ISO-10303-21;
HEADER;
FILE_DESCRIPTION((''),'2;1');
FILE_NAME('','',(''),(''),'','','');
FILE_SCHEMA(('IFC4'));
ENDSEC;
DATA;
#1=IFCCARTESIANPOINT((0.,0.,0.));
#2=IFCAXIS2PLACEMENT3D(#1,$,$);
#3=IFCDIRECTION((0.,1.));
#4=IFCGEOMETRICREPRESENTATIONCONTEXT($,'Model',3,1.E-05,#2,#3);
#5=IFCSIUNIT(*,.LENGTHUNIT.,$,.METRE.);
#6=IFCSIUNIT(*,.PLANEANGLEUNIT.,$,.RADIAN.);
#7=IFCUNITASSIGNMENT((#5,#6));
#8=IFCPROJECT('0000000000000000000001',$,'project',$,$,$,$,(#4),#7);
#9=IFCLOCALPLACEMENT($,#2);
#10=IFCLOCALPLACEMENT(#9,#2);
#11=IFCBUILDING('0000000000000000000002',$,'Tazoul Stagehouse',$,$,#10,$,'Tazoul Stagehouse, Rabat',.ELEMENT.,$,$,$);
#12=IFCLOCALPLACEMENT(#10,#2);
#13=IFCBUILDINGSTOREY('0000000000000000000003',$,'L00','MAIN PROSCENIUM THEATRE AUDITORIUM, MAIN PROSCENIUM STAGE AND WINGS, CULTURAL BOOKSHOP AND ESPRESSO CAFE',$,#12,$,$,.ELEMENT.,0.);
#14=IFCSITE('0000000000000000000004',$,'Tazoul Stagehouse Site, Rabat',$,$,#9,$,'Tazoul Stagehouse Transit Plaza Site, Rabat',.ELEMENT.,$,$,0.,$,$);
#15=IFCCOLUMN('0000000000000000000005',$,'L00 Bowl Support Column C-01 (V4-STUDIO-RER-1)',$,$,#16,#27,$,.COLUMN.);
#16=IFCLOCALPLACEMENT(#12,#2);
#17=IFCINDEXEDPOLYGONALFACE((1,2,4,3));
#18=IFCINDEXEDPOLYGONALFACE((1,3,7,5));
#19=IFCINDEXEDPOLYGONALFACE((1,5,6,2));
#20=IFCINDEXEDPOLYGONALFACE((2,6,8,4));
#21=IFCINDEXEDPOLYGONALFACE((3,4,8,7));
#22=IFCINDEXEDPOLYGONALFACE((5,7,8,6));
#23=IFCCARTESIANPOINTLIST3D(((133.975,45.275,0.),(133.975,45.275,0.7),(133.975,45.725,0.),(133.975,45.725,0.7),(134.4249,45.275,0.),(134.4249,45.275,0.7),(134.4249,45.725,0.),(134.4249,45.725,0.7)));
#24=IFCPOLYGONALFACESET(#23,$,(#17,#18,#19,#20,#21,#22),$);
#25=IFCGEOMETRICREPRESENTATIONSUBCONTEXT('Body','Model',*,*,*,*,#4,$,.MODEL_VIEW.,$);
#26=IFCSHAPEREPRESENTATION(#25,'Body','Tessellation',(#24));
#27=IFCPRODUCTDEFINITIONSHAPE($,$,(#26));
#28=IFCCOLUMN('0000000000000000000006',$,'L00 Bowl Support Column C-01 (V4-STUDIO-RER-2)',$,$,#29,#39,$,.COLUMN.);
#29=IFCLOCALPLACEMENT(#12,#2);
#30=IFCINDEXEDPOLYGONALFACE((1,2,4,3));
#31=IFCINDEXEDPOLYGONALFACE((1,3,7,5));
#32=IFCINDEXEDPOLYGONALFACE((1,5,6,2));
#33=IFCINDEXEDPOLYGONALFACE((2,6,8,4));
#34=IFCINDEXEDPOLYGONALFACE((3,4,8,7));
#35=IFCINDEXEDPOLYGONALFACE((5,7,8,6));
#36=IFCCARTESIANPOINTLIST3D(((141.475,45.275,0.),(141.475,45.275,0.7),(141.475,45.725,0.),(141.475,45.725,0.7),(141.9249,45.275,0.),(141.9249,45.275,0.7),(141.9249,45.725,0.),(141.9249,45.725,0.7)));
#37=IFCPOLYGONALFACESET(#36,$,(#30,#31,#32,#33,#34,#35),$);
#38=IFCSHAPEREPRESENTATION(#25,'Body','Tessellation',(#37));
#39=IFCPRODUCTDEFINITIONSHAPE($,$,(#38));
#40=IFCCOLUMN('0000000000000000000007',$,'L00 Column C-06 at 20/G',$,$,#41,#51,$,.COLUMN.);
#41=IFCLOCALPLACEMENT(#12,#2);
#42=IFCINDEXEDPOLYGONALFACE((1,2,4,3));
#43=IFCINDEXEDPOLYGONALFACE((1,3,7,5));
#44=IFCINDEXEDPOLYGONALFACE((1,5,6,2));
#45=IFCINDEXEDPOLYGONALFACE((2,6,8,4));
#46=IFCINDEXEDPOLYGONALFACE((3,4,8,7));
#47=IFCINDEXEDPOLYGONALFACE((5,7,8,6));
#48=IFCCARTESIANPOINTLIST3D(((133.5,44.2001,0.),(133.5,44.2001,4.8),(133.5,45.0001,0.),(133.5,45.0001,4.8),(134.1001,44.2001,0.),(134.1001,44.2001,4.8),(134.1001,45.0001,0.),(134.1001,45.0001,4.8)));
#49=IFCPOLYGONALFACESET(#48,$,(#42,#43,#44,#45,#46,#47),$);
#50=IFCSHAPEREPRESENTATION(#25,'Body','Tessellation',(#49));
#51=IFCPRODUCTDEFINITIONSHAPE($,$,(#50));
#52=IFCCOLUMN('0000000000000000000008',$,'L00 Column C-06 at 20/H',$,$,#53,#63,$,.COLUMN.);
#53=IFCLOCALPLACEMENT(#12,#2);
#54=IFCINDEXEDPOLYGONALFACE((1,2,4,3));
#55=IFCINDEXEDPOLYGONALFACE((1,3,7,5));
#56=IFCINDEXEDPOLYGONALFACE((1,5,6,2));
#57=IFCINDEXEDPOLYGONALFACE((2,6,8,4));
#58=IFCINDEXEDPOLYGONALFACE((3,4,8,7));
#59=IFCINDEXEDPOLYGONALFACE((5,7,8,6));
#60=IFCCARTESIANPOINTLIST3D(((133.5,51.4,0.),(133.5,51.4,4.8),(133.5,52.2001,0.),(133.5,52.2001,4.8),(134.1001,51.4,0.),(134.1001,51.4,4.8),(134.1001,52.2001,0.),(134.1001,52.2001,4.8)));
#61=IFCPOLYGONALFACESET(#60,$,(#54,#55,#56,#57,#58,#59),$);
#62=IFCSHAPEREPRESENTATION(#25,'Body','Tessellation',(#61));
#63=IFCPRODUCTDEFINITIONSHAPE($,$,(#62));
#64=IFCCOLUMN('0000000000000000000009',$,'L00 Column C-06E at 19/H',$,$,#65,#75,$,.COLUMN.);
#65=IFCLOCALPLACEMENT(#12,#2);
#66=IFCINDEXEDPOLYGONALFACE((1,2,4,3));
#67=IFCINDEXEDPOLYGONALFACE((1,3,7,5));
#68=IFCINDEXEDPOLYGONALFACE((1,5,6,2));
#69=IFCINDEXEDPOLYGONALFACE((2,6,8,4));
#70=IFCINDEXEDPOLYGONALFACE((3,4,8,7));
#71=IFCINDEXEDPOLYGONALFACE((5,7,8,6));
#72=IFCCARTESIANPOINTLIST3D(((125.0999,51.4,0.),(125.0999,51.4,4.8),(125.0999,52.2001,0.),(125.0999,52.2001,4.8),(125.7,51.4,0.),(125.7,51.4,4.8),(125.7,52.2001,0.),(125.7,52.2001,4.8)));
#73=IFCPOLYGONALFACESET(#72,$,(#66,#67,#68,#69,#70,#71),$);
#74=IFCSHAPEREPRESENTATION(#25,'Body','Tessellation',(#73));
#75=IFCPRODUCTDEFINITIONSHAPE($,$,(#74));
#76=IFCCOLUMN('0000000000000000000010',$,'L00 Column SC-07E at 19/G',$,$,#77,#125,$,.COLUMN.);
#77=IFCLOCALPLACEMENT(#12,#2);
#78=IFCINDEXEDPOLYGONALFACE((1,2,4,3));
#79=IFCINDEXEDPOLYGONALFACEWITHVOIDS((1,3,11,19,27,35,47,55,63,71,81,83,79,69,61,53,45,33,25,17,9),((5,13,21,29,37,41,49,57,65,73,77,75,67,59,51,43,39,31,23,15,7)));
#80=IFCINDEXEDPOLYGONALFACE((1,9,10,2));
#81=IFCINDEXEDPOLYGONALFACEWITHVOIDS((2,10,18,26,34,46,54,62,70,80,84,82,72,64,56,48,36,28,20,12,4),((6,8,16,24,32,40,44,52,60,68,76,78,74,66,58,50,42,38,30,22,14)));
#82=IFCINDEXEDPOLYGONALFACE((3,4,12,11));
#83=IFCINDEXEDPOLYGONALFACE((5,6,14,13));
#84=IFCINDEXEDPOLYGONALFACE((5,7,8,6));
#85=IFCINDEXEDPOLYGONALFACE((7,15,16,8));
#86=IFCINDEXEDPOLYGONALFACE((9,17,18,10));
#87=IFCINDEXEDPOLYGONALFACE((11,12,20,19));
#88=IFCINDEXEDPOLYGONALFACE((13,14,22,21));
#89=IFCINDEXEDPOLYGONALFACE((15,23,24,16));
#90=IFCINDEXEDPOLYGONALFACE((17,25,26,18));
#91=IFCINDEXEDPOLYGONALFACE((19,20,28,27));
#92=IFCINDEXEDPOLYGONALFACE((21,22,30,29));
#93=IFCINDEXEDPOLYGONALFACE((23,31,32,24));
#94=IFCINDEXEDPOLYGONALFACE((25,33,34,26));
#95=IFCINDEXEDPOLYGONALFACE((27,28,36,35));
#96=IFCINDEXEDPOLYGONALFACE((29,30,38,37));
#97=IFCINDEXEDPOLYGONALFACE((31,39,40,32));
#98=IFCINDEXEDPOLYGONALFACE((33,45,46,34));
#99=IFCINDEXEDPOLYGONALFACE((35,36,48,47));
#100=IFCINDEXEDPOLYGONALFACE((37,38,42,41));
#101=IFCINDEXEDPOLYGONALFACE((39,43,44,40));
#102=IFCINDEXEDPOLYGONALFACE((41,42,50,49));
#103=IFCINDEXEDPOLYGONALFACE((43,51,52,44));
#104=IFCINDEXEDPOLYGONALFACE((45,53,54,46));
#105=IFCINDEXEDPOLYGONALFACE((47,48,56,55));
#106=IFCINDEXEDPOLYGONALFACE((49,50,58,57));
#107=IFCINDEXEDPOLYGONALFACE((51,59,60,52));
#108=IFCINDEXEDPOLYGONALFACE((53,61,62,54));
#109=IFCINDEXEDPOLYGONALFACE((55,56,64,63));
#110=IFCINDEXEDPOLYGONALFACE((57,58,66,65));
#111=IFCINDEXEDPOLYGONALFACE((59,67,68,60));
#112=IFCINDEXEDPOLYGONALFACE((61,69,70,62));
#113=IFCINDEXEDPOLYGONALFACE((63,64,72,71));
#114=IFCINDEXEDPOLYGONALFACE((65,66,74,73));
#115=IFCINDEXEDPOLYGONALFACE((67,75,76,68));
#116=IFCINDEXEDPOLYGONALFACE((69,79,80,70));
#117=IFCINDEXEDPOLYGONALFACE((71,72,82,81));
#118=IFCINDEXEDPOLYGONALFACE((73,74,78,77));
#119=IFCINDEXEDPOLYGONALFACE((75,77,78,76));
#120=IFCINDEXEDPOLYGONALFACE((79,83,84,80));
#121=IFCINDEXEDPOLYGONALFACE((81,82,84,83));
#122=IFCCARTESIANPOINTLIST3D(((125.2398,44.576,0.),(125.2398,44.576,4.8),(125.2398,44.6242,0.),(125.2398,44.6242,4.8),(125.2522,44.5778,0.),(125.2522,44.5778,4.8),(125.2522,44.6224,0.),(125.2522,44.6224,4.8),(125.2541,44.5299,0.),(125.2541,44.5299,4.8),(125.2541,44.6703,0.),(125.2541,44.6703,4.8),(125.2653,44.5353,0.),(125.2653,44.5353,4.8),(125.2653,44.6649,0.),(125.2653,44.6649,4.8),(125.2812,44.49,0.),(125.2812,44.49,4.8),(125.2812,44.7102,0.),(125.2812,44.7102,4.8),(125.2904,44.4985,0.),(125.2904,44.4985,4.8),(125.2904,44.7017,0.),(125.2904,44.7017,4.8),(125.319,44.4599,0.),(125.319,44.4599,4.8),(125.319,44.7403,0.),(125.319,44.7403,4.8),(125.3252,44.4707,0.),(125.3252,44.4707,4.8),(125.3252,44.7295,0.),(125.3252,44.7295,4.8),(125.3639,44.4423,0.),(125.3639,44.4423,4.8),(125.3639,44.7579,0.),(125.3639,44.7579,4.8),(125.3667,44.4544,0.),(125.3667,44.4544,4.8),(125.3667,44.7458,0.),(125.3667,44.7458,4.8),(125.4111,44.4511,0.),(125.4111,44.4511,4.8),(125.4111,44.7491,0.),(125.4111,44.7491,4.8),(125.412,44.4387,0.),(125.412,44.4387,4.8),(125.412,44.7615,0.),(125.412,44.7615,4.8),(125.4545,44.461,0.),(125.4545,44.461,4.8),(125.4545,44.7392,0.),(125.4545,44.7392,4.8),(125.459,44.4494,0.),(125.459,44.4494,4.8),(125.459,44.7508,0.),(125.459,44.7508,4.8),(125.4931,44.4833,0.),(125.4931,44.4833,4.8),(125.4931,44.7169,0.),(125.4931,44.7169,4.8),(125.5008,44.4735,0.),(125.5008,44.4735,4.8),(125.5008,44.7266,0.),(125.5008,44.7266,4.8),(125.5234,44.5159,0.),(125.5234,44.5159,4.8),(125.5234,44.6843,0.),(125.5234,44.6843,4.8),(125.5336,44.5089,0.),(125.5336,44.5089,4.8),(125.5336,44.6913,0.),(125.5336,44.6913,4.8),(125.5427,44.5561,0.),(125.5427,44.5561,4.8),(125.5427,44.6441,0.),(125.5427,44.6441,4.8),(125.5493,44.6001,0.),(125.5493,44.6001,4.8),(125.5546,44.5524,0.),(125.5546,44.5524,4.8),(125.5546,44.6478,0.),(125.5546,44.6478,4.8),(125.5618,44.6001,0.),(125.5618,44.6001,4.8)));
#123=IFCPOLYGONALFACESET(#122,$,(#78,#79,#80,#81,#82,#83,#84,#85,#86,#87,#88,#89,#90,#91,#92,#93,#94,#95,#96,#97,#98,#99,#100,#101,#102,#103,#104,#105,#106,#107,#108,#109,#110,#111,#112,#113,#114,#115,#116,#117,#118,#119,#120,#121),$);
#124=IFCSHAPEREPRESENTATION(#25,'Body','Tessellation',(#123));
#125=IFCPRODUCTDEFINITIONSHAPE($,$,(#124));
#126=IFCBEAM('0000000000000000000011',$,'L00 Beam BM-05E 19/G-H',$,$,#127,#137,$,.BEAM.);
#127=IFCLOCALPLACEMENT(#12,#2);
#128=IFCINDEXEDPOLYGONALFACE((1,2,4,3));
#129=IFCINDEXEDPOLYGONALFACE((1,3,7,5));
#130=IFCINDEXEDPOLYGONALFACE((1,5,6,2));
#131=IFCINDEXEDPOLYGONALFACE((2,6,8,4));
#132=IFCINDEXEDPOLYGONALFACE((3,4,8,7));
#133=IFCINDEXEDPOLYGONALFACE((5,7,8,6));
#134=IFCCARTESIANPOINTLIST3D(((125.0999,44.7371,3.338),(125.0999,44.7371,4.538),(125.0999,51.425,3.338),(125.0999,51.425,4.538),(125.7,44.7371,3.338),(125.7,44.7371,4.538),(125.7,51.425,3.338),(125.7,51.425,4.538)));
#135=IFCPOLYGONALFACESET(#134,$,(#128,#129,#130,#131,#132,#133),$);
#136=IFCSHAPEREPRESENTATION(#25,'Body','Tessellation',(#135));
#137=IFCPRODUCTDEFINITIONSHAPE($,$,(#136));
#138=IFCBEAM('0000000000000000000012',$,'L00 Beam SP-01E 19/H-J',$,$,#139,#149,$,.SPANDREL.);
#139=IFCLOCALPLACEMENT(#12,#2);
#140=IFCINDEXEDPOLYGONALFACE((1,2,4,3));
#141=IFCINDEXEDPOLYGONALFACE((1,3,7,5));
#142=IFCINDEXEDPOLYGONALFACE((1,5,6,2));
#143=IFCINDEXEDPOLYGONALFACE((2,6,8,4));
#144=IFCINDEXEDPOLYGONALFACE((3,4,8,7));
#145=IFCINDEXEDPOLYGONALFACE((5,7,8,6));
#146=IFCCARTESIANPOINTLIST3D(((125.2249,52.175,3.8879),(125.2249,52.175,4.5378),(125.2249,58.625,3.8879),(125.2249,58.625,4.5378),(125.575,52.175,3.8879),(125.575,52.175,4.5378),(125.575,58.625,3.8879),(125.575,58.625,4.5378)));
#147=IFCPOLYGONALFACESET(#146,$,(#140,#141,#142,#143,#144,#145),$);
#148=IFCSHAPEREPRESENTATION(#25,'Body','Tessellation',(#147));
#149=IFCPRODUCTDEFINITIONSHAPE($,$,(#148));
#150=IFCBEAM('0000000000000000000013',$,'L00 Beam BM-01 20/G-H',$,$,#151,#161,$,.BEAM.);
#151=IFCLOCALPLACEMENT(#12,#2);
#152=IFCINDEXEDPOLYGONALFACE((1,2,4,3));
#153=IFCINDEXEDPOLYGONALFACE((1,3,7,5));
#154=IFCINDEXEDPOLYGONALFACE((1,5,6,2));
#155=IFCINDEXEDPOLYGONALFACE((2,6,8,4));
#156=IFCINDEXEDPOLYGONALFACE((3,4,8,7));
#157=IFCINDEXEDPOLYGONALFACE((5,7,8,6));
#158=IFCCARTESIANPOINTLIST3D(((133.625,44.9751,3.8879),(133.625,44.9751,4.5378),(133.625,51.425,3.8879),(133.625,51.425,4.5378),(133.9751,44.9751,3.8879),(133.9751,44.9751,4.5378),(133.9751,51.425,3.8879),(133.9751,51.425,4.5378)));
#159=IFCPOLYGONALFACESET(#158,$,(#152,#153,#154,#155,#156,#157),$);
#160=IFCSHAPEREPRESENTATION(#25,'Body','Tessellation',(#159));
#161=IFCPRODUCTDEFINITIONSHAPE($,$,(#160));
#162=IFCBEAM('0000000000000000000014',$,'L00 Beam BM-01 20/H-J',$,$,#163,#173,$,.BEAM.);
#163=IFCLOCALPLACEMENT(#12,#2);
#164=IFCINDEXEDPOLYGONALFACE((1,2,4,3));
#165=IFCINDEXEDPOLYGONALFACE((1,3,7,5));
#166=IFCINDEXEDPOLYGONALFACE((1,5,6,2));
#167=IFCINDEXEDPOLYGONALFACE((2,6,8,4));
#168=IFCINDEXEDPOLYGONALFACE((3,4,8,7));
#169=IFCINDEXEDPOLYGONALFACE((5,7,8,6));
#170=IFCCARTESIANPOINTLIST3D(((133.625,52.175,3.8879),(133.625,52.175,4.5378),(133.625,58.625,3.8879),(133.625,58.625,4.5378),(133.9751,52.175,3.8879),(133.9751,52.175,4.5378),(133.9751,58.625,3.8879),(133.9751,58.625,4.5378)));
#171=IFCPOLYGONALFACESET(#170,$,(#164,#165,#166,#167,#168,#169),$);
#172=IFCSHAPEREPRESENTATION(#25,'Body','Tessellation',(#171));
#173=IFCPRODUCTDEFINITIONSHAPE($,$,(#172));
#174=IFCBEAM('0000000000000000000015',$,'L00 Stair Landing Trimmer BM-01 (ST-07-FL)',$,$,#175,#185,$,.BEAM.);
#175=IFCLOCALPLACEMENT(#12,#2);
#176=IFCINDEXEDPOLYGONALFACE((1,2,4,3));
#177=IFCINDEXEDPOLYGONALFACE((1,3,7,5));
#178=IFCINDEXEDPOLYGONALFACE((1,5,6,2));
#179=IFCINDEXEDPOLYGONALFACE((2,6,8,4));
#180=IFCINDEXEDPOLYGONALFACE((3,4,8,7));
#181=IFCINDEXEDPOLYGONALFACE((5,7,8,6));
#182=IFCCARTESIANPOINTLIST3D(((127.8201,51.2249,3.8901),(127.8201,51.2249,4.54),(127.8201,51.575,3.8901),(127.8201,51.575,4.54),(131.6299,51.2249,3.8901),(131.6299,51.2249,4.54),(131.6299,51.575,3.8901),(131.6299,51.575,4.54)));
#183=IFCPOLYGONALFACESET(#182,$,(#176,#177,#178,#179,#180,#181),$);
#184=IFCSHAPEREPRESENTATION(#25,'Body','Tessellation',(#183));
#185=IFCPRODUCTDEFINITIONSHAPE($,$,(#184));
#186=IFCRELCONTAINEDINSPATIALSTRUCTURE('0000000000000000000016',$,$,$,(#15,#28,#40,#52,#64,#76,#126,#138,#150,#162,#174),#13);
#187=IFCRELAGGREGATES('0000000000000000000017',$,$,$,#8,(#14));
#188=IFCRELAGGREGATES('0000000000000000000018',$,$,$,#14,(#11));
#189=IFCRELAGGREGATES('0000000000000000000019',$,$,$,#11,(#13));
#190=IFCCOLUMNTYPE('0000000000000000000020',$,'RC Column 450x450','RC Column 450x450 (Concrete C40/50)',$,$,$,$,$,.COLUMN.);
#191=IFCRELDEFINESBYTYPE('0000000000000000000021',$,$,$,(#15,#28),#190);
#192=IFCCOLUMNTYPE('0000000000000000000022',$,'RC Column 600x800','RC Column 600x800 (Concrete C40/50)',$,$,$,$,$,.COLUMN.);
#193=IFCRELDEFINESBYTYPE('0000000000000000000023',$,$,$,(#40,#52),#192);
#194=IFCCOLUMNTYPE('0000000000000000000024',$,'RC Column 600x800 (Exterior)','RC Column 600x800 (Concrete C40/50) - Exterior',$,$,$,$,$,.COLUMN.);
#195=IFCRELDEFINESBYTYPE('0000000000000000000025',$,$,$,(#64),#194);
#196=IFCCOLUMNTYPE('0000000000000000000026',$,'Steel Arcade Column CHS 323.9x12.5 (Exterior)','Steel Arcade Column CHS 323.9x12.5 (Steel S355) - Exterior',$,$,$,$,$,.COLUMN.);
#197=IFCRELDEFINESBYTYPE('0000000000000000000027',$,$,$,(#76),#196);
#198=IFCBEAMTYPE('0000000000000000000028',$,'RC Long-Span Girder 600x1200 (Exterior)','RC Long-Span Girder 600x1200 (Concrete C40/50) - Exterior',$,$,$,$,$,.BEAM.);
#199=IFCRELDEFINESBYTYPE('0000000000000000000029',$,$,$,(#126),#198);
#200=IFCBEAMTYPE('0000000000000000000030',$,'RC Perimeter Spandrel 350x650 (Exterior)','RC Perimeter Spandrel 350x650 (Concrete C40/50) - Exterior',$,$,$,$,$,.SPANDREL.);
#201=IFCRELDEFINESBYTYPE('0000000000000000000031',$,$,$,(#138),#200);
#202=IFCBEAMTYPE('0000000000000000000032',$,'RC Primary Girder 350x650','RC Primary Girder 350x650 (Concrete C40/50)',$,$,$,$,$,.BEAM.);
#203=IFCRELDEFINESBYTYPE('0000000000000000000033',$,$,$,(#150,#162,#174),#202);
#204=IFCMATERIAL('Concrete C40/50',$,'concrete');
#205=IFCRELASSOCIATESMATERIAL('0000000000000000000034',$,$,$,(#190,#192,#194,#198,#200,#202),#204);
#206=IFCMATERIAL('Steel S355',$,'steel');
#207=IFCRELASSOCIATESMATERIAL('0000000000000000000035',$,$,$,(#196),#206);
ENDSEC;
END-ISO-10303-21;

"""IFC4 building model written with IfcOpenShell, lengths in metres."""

from ifc_helpers import new_model, si_unit, direction, frame, origin, origin_2d, place, context, subcontext, project, spatial, rectangle, hollow_circle, extrude, material, material_profile, profile_set, type_object, element, save


model = new_model("IFC4")

# Units and contexts
model_context = context("Model", 3, precision=1e-05, world=origin(), true_north=direction((0.0, 1.0)))
body_context = subcontext(model_context, "Body", "Model", "MODEL_VIEW")
ifc_project = project(units=[si_unit("LENGTHUNIT", "METRE"), si_unit("PLANEANGLEUNIT", "RADIAN")], contexts=[model_context])

# Site, building, storey
site_placement = place(None, origin())
site = spatial("IfcSite", under=ifc_project, at=site_placement, Name="Tazoul Stagehouse Site, Rabat", LongName="Tazoul Stagehouse Transit Plaza Site, Rabat", CompositionType="ELEMENT", RefElevation=0.0)
building_placement = place(site_placement, origin())
building = spatial("IfcBuilding", under=site, at=building_placement, Name="Tazoul Stagehouse", LongName="Tazoul Stagehouse, Rabat", CompositionType="ELEMENT")
storey_placement = place(building_placement, origin())
storey = spatial("IfcBuildingStorey", under=building, at=storey_placement, Name="L00", Description="MAIN PROSCENIUM THEATRE AUDITORIUM, MAIN PROSCENIUM STAGE AND WINGS, CULTURAL BOOKSHOP AND ESPRESSO CAFE", CompositionType="ELEMENT", Elevation=0.0)

# Columns
ifc_material_1 = material(Name="Concrete C40/50", Category="concrete")
ifc_material_profile_1 = material_profile(ifc_material_1, rectangle(XDim=0.45, YDim=0.45, at=origin_2d()), Name="RC 450x450")
ifc_profile_set_1 = profile_set([ifc_material_profile_1], Name="Concrete C40/50")
column_type_1 = type_object("IfcColumnType", Name="RC Column 450x450", Description="RC Column 450x450 (Concrete C40/50)", PredefinedType="COLUMN", material=ifc_profile_set_1)
for number, where, z_axis, x_axis, name in (
    (1, (134.2, 45.5, 0.0), (0.0, 0.0, 1.0), (1.0, 0.0, 0.0), "L00 Bowl Support Column C-01 (V4-STUDIO-RER-1)"),
    (2, (141.7, 45.5, 0.0), (0.0, 0.0, 1.0), (1.0, 0.0, 0.0), "L00 Bowl Support Column C-01 (V4-STUDIO-RER-2)"),
):
    element("IfcColumn", number, at=place(storey_placement, frame(where, z_axis=z_axis, x_axis=x_axis)), inside=storey, type_object=column_type_1, Name=name, PredefinedType="COLUMN", context=body_context, shape_type="SweptSolid", body=[
        extrude(rectangle(XDim=0.45, YDim=0.45, at=origin_2d()), origin(), (0.0, 0.0, 1.0), 0.7),
    ])
ifc_material_profile_2 = material_profile(ifc_material_1, rectangle(XDim=0.6001, YDim=0.8, at=origin_2d()), Name="RC 600x800")
ifc_profile_set_2 = profile_set([ifc_material_profile_2], Name="Concrete C40/50")
column_type_2 = type_object("IfcColumnType", Name="RC Column 600x800", Description="RC Column 600x800 (Concrete C40/50)", PredefinedType="COLUMN", material=ifc_profile_set_2)
for number, where, z_axis, x_axis, name in (
    (3, (133.8, 44.6001, 0.0), (0.0, 0.0, 1.0), (1.0, 0.0, 0.0), "L00 Column C-06 at 20/G"),
    (4, (133.8, 51.8, 0.0), (0.0, 0.0, 1.0), (1.0, 0.0, 0.0), "L00 Column C-06 at 20/H"),
):
    element("IfcColumn", number, at=place(storey_placement, frame(where, z_axis=z_axis, x_axis=x_axis)), inside=storey, type_object=column_type_2, Name=name, PredefinedType="COLUMN", context=body_context, shape_type="SweptSolid", body=[
        extrude(rectangle(XDim=0.6001, YDim=0.8, at=origin_2d()), origin(), (0.0, 0.0, 1.0), 4.8),
    ])
ifc_material_profile_3 = material_profile(ifc_material_1, rectangle(XDim=0.6001, YDim=0.8, at=origin_2d()), Name="RC 600x800")
ifc_profile_set_3 = profile_set([ifc_material_profile_3], Name="Concrete C40/50")
column_type_3 = type_object("IfcColumnType", Name="RC Column 600x800 (Exterior)", Description="RC Column 600x800 (Concrete C40/50) - Exterior", PredefinedType="COLUMN", material=ifc_profile_set_3)
column_1_placement = place(storey_placement, frame((125.3999, 51.8, 0.0), z_axis=(0.0, 0.0, 1.0), x_axis=(1.0, 0.0, 0.0)))
element("IfcColumn", 5, at=column_1_placement, inside=storey, type_object=column_type_3, Name="L00 Column C-06E at 19/H", PredefinedType="COLUMN", context=body_context, shape_type="SweptSolid", body=[
    extrude(rectangle(XDim=0.6001, YDim=0.8, at=origin_2d()), origin(), (0.0, 0.0, 1.0), 4.8),
])
ifc_material_2 = material(Name="Steel S355", Category="steel")
ifc_material_profile_4 = material_profile(ifc_material_2, hollow_circle(Radius=0.1619, WallThickness=0.0125, at=origin_2d()), Name="CHS 323.9x12.5")
ifc_profile_set_4 = profile_set([ifc_material_profile_4], Name="Steel S355")
column_type_4 = type_object("IfcColumnType", Name="Steel Arcade Column CHS 323.9x12.5 (Exterior)", Description="Steel Arcade Column CHS 323.9x12.5 (Steel S355) - Exterior", PredefinedType="COLUMN", material=ifc_profile_set_4)
column_2_placement = place(storey_placement, frame((125.3999, 44.6001, 0.0), z_axis=(0.0, 0.0, 1.0), x_axis=(1.0, 0.0, 0.0)))
element("IfcColumn", 6, at=column_2_placement, inside=storey, type_object=column_type_4, Name="L00 Column SC-07E at 19/G", PredefinedType="COLUMN", context=body_context, shape_type="SweptSolid", body=[
    extrude(hollow_circle(Radius=0.1619, WallThickness=0.0125, at=origin_2d()), origin(), (0.0, 0.0, 1.0), 4.8),
])

# Beams
ifc_material_profile_5 = material_profile(ifc_material_1, rectangle(XDim=0.6001, YDim=1.2, at=origin_2d()), Name="RC 600x1200")
ifc_profile_set_5 = profile_set([ifc_material_profile_5], Name="Concrete C40/50")
beam_type_1 = type_object("IfcBeamType", Name="RC Long-Span Girder 600x1200 (Exterior)", Description="RC Long-Span Girder 600x1200 (Concrete C40/50) - Exterior", PredefinedType="BEAM", material=ifc_profile_set_5)
beam_1_placement = place(storey_placement, frame((125.3999, 44.7371, 3.938), z_axis=(0.0, 1.0, 0.0), x_axis=(-1.0, 0.0, 0.0)))
element("IfcBeam", 7, at=beam_1_placement, inside=storey, type_object=beam_type_1, Name="L00 Beam BM-05E 19/G-H", PredefinedType="BEAM", context=body_context, shape_type="SweptSolid", body=[
    extrude(rectangle(XDim=0.6001, YDim=1.2, at=origin_2d()), origin(), (0.0, 0.0, 1.0), 6.688),
])
ifc_material_profile_6 = material_profile(ifc_material_1, rectangle(XDim=0.3501, YDim=0.6499, at=origin_2d()), Name="RC 350x650")
ifc_profile_set_6 = profile_set([ifc_material_profile_6], Name="Concrete C40/50")
beam_type_2 = type_object("IfcBeamType", Name="RC Perimeter Spandrel 350x650 (Exterior)", Description="RC Perimeter Spandrel 350x650 (Concrete C40/50) - Exterior", PredefinedType="SPANDREL", material=ifc_profile_set_6)
beam_2_placement = place(storey_placement, frame((125.3999, 52.175, 4.2129), z_axis=(0.0, 1.0, 0.0), x_axis=(-1.0, 0.0, 0.0)))
element("IfcBeam", 8, at=beam_2_placement, inside=storey, type_object=beam_type_2, Name="L00 Beam SP-01E 19/H-J", PredefinedType="SPANDREL", context=body_context, shape_type="SweptSolid", body=[
    extrude(rectangle(XDim=0.3501, YDim=0.6499, at=origin_2d()), origin(), (0.0, 0.0, 1.0), 6.45),
])
ifc_material_profile_7 = material_profile(ifc_material_1, rectangle(XDim=0.3501, YDim=0.6499, at=origin_2d()), Name="RC 350x650")
ifc_profile_set_7 = profile_set([ifc_material_profile_7], Name="Concrete C40/50")
beam_type_3 = type_object("IfcBeamType", Name="RC Primary Girder 350x650", Description="RC Primary Girder 350x650 (Concrete C40/50)", PredefinedType="BEAM", material=ifc_profile_set_7)
for number, where, z_axis, x_axis, name in (
    (9, (133.8, 44.9751, 4.2129), (0.0, 1.0, 0.0), (-1.0, 0.0, 0.0), "L00 Beam BM-01 20/G-H"),
    (10, (133.8, 52.175, 4.2129), (0.0, 1.0, 0.0), (-1.0, 0.0, 0.0), "L00 Beam BM-01 20/H-J"),
):
    element("IfcBeam", number, at=place(storey_placement, frame(where, z_axis=z_axis, x_axis=x_axis)), inside=storey, type_object=beam_type_3, Name=name, PredefinedType="BEAM", context=body_context, shape_type="SweptSolid", body=[
        extrude(rectangle(XDim=0.3501, YDim=0.6499, at=origin_2d()), origin(), (0.0, 0.0, 1.0), 6.45),
    ])
beam_3_placement = place(storey_placement, frame((127.8201, 51.3999, 4.2151), z_axis=(1.0, 0.0, 0.0), x_axis=(0.0, 1.0, 0.0)))
element("IfcBeam", 11, at=beam_3_placement, inside=storey, type_object=beam_type_3, Name="L00 Stair Landing Trimmer BM-01 (ST-07-FL)", PredefinedType="BEAM", context=body_context, shape_type="SweptSolid", body=[
    extrude(rectangle(XDim=0.3501, YDim=0.6499, at=origin_2d()), origin(), (0.0, 0.0, 1.0), 3.8098),
])

save(model, "model.ifc")
